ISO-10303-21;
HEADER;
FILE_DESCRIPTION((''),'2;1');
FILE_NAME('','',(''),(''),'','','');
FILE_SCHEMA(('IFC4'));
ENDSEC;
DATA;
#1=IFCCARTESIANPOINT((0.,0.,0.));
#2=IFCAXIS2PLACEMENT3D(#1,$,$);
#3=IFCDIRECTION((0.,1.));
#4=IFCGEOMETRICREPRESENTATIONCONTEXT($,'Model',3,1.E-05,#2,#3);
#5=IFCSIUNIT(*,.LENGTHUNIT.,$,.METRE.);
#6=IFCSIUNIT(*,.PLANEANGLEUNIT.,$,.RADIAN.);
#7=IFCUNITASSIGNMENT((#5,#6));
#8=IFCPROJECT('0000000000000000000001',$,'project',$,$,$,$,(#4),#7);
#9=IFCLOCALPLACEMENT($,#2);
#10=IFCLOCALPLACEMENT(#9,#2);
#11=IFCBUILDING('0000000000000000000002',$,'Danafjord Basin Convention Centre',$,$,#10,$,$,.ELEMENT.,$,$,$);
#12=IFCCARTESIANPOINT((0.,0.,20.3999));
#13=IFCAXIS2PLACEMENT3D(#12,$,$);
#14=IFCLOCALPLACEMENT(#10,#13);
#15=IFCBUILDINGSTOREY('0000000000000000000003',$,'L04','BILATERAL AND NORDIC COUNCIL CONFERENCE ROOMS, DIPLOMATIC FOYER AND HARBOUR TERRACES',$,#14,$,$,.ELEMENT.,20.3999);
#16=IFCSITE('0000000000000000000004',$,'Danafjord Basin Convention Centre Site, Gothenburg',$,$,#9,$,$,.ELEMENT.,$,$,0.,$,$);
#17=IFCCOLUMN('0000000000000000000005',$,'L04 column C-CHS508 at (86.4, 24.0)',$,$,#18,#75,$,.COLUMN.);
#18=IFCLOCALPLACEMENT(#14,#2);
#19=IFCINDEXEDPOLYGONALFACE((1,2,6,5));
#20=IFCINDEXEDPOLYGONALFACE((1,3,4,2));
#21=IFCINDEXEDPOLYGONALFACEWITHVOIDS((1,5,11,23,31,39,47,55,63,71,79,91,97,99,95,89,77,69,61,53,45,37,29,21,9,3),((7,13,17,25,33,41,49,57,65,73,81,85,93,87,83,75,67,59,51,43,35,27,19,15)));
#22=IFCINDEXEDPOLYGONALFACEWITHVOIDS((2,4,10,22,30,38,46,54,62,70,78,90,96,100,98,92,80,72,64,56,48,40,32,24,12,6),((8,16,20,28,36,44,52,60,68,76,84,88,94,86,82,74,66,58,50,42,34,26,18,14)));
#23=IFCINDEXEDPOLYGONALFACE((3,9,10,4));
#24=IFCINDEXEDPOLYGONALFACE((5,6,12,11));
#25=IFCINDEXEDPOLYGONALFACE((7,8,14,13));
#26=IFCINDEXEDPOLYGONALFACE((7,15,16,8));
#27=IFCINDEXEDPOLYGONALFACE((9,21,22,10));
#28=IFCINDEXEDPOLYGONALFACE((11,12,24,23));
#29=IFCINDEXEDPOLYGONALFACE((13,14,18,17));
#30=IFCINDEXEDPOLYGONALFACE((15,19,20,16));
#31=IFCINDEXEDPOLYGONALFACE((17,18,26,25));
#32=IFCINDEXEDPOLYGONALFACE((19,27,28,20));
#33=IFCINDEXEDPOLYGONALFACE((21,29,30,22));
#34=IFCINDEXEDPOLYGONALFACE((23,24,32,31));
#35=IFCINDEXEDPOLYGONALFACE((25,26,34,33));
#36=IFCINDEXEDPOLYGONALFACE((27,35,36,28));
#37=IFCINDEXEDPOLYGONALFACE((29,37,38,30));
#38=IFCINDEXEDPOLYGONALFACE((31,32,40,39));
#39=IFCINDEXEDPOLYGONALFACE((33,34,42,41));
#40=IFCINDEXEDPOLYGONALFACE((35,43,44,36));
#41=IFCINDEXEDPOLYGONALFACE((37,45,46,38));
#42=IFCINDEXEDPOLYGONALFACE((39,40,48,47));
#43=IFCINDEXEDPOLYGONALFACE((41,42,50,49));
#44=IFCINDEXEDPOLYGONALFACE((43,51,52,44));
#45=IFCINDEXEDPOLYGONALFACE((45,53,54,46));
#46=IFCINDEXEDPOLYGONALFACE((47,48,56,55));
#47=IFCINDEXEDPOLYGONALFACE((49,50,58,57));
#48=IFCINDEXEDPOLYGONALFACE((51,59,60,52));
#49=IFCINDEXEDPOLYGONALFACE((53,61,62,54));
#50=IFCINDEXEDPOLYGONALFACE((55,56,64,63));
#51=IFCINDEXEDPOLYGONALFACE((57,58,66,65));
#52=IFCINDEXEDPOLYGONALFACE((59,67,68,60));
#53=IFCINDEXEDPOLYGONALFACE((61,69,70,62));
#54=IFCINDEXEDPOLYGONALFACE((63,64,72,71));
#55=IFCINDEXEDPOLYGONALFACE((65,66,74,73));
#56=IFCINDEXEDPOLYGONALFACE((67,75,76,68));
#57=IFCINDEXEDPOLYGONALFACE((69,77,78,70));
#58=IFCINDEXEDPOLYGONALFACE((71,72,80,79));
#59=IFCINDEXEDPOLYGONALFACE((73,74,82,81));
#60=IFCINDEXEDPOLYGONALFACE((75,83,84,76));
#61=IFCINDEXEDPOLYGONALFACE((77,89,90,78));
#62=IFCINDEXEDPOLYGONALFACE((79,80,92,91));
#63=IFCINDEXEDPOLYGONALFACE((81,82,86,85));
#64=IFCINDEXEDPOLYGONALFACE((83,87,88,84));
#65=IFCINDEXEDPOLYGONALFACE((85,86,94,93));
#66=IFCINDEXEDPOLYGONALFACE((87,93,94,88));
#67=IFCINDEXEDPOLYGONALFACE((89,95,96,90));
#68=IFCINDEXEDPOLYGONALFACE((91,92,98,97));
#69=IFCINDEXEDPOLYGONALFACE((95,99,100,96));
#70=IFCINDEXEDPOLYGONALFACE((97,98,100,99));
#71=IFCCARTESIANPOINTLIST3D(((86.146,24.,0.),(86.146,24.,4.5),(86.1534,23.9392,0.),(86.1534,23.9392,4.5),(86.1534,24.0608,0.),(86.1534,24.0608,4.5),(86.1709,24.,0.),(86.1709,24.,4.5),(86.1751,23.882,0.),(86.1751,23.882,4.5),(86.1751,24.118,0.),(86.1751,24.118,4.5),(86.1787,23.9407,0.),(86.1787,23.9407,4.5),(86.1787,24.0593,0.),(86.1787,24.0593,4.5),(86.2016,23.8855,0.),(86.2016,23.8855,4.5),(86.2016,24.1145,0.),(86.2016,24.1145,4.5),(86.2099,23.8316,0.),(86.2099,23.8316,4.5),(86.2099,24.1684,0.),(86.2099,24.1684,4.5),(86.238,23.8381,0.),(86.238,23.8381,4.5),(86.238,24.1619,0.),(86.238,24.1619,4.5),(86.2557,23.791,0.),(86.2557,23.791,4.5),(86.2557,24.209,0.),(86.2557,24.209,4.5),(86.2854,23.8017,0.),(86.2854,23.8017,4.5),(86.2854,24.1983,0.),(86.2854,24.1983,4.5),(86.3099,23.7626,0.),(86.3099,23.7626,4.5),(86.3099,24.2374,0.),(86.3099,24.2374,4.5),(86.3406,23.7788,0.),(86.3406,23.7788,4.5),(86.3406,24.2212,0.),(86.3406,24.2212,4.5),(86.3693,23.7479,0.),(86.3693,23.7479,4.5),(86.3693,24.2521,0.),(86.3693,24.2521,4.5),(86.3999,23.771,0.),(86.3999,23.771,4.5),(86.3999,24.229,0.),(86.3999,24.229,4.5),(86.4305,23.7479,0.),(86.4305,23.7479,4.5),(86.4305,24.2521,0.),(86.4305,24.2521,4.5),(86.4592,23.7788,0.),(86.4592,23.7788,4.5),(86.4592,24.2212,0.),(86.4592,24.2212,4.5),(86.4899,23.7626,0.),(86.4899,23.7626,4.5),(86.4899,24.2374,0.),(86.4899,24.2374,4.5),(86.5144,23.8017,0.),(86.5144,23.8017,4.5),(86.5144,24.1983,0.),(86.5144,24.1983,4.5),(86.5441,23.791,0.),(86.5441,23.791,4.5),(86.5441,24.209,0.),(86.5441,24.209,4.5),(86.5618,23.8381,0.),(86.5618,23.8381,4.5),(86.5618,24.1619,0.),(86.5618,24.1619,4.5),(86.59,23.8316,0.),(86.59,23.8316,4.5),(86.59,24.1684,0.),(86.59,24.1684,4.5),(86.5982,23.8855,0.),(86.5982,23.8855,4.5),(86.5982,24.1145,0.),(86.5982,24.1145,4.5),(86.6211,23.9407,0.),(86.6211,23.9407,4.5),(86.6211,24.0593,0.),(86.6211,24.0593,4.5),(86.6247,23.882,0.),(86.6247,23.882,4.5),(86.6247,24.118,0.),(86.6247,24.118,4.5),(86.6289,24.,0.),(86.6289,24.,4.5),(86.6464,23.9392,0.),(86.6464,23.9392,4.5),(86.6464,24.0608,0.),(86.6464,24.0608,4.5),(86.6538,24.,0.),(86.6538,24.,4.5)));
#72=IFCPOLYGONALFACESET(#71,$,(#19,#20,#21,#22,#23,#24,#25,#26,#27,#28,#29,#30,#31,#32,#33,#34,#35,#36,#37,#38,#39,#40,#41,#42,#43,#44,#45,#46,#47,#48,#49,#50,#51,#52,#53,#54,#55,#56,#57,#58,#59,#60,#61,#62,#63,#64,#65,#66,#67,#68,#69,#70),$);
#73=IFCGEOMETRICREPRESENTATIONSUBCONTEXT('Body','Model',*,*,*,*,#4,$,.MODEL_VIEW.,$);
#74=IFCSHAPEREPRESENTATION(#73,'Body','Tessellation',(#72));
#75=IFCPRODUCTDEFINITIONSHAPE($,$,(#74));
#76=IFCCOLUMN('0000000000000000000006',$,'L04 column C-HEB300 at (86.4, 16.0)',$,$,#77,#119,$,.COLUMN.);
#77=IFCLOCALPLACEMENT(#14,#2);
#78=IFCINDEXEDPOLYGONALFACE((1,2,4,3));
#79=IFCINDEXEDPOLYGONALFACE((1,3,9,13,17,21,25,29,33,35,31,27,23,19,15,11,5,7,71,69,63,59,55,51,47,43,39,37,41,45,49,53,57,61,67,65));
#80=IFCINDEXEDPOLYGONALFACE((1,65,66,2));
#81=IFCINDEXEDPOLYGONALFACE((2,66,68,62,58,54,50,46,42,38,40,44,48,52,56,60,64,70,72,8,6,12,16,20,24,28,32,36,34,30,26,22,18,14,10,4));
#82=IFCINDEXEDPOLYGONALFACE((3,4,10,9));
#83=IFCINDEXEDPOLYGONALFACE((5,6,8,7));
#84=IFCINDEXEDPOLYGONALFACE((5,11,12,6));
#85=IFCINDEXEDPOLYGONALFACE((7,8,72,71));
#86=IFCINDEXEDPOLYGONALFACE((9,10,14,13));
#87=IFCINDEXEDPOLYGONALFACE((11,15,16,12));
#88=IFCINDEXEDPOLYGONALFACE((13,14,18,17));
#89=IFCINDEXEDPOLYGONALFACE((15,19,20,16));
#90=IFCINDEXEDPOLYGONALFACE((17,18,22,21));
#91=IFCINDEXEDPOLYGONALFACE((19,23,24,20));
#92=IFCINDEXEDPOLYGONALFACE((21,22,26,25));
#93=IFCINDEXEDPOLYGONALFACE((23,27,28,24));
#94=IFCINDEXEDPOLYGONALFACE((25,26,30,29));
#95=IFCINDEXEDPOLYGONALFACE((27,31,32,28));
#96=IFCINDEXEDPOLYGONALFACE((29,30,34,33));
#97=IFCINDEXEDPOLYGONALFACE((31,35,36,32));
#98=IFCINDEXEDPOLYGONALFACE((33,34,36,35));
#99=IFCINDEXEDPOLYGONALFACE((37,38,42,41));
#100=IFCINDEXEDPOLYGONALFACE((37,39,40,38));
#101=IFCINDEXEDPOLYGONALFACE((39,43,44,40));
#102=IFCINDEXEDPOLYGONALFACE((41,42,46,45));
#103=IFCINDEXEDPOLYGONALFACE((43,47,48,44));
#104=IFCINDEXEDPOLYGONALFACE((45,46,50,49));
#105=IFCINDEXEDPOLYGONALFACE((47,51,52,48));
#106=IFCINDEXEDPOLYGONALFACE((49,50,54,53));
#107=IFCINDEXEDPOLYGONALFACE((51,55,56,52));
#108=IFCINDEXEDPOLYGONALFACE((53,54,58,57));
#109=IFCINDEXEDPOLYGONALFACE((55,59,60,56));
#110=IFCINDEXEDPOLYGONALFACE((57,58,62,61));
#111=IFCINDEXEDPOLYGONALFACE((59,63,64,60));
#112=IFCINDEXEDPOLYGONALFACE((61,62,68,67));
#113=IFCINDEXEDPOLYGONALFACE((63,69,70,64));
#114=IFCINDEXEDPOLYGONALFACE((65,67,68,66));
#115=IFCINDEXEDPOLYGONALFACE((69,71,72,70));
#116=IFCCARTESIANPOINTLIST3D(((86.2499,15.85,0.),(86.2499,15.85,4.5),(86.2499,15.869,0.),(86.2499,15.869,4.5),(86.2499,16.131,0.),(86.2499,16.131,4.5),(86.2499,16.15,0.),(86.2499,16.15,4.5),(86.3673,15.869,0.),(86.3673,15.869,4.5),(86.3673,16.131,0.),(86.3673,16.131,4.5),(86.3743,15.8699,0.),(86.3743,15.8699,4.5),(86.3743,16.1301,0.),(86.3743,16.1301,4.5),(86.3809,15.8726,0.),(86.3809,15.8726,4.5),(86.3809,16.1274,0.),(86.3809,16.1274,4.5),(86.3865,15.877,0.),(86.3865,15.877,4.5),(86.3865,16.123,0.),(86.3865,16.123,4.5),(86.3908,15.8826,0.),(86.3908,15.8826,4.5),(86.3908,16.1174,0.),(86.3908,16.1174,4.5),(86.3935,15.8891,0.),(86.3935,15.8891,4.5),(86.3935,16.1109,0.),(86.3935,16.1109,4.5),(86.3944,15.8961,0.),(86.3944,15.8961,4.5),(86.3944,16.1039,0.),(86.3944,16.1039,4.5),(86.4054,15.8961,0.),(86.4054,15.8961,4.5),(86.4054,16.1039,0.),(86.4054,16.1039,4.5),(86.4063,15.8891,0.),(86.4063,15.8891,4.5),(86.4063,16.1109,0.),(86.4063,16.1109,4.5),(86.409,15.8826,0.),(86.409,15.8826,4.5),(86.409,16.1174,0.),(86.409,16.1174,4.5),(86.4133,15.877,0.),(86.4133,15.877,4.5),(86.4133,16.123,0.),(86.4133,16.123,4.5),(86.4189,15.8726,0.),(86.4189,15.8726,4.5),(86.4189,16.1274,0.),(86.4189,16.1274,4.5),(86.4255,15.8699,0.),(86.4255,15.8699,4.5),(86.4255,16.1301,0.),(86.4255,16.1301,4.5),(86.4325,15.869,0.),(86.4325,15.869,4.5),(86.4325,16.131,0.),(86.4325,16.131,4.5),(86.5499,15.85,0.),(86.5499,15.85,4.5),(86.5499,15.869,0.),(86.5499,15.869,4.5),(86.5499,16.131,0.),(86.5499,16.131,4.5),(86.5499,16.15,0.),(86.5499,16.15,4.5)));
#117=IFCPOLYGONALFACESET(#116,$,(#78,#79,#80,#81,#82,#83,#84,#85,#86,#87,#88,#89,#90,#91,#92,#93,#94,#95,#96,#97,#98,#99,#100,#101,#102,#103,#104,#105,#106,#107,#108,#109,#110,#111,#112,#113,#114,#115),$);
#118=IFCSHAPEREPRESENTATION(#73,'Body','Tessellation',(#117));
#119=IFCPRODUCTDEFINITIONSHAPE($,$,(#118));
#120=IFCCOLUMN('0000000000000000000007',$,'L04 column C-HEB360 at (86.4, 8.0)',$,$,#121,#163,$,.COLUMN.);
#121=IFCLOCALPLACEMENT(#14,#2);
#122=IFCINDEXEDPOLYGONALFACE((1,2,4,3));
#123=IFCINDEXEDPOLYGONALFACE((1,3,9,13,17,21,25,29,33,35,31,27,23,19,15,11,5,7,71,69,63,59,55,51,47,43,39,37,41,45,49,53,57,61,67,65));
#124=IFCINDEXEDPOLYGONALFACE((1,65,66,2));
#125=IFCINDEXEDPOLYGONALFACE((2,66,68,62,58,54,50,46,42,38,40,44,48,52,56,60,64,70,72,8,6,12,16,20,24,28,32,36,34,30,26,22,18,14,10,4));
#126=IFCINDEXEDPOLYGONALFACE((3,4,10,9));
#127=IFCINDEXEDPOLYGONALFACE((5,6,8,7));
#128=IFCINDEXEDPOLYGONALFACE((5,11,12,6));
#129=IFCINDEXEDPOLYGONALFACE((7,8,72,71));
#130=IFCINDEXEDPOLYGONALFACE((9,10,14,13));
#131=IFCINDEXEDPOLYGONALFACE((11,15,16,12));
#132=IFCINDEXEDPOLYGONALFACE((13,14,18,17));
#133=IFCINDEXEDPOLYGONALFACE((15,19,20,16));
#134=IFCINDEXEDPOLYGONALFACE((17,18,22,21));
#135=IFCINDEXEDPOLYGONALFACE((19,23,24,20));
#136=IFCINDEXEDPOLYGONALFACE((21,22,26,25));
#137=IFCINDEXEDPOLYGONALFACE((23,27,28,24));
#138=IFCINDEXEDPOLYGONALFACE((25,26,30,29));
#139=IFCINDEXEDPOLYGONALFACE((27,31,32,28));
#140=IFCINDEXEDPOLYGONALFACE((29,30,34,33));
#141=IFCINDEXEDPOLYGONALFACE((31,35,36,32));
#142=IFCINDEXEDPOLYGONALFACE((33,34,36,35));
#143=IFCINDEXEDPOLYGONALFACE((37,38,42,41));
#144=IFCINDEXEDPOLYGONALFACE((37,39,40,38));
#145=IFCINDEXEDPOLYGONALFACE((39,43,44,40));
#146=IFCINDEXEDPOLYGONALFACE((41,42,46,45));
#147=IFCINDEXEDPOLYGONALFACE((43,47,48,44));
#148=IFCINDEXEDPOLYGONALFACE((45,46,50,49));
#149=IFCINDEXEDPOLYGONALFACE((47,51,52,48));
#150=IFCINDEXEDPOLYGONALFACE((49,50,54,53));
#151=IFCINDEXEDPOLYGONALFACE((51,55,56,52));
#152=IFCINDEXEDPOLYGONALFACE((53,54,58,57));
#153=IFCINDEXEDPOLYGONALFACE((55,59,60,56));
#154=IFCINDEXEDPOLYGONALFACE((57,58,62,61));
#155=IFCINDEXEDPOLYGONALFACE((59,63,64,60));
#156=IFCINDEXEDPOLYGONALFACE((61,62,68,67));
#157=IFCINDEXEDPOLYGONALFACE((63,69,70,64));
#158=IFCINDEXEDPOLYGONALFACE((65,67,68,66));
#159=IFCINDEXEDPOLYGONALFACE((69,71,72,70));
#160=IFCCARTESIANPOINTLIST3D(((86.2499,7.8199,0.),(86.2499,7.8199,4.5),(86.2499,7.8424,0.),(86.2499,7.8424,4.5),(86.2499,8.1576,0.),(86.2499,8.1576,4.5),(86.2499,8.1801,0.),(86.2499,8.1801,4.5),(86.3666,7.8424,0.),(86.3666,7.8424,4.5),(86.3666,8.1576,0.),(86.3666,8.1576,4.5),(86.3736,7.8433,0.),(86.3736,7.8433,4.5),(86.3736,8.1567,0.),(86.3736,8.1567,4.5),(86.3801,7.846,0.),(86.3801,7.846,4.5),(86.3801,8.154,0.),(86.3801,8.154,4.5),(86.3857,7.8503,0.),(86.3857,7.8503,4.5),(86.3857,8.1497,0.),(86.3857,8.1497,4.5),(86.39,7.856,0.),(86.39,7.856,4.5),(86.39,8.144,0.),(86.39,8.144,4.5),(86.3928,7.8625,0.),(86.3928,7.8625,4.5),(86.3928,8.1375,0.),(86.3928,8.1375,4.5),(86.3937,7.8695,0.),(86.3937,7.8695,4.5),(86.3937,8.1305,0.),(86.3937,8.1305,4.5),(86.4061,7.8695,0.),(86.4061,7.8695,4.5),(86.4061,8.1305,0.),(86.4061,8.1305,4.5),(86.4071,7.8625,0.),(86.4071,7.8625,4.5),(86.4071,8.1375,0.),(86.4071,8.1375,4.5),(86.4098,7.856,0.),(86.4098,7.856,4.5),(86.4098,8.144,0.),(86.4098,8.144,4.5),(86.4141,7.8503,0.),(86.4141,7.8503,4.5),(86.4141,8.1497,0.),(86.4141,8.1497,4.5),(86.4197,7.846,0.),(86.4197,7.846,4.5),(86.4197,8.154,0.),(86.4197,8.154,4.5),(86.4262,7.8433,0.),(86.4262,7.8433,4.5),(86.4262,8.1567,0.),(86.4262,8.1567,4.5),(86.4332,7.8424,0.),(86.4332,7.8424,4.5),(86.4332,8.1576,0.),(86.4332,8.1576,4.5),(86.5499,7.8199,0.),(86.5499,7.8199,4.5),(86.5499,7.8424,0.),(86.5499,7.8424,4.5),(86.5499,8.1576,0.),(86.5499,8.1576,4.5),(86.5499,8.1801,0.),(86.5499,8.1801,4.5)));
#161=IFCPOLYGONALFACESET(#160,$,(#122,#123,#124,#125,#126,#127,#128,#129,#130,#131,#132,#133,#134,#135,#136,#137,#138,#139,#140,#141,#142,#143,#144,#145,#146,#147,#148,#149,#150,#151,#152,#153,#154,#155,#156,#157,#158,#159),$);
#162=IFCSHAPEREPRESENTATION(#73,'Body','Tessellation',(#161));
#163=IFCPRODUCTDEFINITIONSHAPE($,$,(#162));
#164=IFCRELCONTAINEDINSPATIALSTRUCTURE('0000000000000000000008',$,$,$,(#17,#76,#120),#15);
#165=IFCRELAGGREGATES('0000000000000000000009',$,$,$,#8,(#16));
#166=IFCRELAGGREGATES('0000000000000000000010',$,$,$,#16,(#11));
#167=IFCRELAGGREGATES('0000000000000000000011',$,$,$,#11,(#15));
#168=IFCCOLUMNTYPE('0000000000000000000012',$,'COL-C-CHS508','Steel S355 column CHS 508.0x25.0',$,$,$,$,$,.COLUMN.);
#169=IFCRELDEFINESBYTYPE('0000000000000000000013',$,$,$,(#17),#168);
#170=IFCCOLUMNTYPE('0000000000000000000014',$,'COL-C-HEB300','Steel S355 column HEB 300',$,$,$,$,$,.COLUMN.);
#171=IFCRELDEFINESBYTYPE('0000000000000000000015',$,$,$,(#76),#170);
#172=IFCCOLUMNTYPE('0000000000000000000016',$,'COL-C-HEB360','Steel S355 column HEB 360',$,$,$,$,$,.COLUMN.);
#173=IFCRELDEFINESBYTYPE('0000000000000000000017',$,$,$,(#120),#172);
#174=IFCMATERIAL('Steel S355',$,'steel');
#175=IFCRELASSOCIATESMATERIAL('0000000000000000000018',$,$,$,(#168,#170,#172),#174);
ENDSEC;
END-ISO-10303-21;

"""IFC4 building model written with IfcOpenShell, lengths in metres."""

from ifc_helpers import new_model, si_unit, direction, frame, origin, origin_2d, place, context, subcontext, project, spatial, hollow_circle, i_section, extrude, material, material_profile, profile_set, type_object, element, save


model = new_model("IFC4")

# Units and contexts
model_context = context("Model", 3, precision=1e-05, world=origin(), true_north=direction((0.0, 1.0)))
body_context = subcontext(model_context, "Body", "Model", "MODEL_VIEW")
ifc_project = project(units=[si_unit("LENGTHUNIT", "METRE"), si_unit("PLANEANGLEUNIT", "RADIAN")], contexts=[model_context])

# Site, building, storey
site_placement = place(None, origin())
site = spatial("IfcSite", under=ifc_project, at=site_placement, Name="Danafjord Basin Convention Centre Site, Gothenburg", CompositionType="ELEMENT", RefElevation=0.0)
building_placement = place(site_placement, origin())
building = spatial("IfcBuilding", under=site, at=building_placement, Name="Danafjord Basin Convention Centre", CompositionType="ELEMENT")
storey_placement = place(building_placement, frame((0.0, 0.0, 20.3999)))
storey = spatial("IfcBuildingStorey", under=building, at=storey_placement, Name="L04", Description="BILATERAL AND NORDIC COUNCIL CONFERENCE ROOMS, DIPLOMATIC FOYER AND HARBOUR TERRACES", CompositionType="ELEMENT", Elevation=20.3999)

# Columns
ifc_material_1 = material(Name="Steel S355", Category="steel")
ifc_material_profile_1 = material_profile(ifc_material_1, hollow_circle(Radius=0.2539, WallThickness=0.0249, at=origin_2d()), Name="CHS 508.0x25.0")
ifc_profile_set_1 = profile_set([ifc_material_profile_1], Name="Steel S355")
column_type_1 = type_object("IfcColumnType", Name="COL-C-CHS508", Description="Steel S355 column CHS 508.0x25.0", PredefinedType="COLUMN", material=ifc_profile_set_1)
column_1_placement = place(storey_placement, frame((86.3999, 24.0, 0.0), z_axis=(0.0, 0.0, 1.0), x_axis=(1.0, 0.0, 0.0)))
element("IfcColumn", 1, at=column_1_placement, inside=storey, type_object=column_type_1, Name="L04 column C-CHS508 at (86.4, 24.0)", PredefinedType="COLUMN", context=body_context, shape_type="SweptSolid", body=[
    extrude(hollow_circle(Radius=0.2539, WallThickness=0.0249, at=origin_2d()), origin(), (0.0, 0.0, 1.0), 4.5),
])
ifc_material_profile_2 = material_profile(ifc_material_1, i_section(OverallWidth=0.3, OverallDepth=0.3, WebThickness=0.011, FlangeThickness=0.019, FilletRadius=0.0271, at=origin_2d()), Name="HEB 300")
ifc_profile_set_2 = profile_set([ifc_material_profile_2], Name="Steel S355")
column_type_2 = type_object("IfcColumnType", Name="COL-C-HEB300", Description="Steel S355 column HEB 300", PredefinedType="COLUMN", material=ifc_profile_set_2)
column_2_placement = place(storey_placement, frame((86.3999, 16.0, 0.0), z_axis=(0.0, 0.0, 1.0), x_axis=(1.0, 0.0, 0.0)))
element("IfcColumn", 2, at=column_2_placement, inside=storey, type_object=column_type_2, Name="L04 column C-HEB300 at (86.4, 16.0)", PredefinedType="COLUMN", context=body_context, shape_type="SweptSolid", body=[
    extrude(i_section(OverallWidth=0.3, OverallDepth=0.3, WebThickness=0.011, FlangeThickness=0.019, FilletRadius=0.0271, at=origin_2d()), origin(), (0.0, 0.0, 1.0), 4.5),
])
ifc_material_profile_3 = material_profile(ifc_material_1, i_section(OverallWidth=0.3, OverallDepth=0.3601, WebThickness=0.0125, FlangeThickness=0.0225, FilletRadius=0.0271, at=origin_2d()), Name="HEB 360")
ifc_profile_set_3 = profile_set([ifc_material_profile_3], Name="Steel S355")
column_type_3 = type_object("IfcColumnType", Name="COL-C-HEB360", Description="Steel S355 column HEB 360", PredefinedType="COLUMN", material=ifc_profile_set_3)
column_3_placement = place(storey_placement, frame((86.3999, 8.0, 0.0), z_axis=(0.0, 0.0, 1.0), x_axis=(1.0, 0.0, 0.0)))
element("IfcColumn", 3, at=column_3_placement, inside=storey, type_object=column_type_3, Name="L04 column C-HEB360 at (86.4, 8.0)", PredefinedType="COLUMN", context=body_context, shape_type="SweptSolid", body=[
    extrude(i_section(OverallWidth=0.3, OverallDepth=0.3601, WebThickness=0.0125, FlangeThickness=0.0225, FilletRadius=0.0271, at=origin_2d()), origin(), (0.0, 0.0, 1.0), 4.5),
])

save(model, "model.ifc")
